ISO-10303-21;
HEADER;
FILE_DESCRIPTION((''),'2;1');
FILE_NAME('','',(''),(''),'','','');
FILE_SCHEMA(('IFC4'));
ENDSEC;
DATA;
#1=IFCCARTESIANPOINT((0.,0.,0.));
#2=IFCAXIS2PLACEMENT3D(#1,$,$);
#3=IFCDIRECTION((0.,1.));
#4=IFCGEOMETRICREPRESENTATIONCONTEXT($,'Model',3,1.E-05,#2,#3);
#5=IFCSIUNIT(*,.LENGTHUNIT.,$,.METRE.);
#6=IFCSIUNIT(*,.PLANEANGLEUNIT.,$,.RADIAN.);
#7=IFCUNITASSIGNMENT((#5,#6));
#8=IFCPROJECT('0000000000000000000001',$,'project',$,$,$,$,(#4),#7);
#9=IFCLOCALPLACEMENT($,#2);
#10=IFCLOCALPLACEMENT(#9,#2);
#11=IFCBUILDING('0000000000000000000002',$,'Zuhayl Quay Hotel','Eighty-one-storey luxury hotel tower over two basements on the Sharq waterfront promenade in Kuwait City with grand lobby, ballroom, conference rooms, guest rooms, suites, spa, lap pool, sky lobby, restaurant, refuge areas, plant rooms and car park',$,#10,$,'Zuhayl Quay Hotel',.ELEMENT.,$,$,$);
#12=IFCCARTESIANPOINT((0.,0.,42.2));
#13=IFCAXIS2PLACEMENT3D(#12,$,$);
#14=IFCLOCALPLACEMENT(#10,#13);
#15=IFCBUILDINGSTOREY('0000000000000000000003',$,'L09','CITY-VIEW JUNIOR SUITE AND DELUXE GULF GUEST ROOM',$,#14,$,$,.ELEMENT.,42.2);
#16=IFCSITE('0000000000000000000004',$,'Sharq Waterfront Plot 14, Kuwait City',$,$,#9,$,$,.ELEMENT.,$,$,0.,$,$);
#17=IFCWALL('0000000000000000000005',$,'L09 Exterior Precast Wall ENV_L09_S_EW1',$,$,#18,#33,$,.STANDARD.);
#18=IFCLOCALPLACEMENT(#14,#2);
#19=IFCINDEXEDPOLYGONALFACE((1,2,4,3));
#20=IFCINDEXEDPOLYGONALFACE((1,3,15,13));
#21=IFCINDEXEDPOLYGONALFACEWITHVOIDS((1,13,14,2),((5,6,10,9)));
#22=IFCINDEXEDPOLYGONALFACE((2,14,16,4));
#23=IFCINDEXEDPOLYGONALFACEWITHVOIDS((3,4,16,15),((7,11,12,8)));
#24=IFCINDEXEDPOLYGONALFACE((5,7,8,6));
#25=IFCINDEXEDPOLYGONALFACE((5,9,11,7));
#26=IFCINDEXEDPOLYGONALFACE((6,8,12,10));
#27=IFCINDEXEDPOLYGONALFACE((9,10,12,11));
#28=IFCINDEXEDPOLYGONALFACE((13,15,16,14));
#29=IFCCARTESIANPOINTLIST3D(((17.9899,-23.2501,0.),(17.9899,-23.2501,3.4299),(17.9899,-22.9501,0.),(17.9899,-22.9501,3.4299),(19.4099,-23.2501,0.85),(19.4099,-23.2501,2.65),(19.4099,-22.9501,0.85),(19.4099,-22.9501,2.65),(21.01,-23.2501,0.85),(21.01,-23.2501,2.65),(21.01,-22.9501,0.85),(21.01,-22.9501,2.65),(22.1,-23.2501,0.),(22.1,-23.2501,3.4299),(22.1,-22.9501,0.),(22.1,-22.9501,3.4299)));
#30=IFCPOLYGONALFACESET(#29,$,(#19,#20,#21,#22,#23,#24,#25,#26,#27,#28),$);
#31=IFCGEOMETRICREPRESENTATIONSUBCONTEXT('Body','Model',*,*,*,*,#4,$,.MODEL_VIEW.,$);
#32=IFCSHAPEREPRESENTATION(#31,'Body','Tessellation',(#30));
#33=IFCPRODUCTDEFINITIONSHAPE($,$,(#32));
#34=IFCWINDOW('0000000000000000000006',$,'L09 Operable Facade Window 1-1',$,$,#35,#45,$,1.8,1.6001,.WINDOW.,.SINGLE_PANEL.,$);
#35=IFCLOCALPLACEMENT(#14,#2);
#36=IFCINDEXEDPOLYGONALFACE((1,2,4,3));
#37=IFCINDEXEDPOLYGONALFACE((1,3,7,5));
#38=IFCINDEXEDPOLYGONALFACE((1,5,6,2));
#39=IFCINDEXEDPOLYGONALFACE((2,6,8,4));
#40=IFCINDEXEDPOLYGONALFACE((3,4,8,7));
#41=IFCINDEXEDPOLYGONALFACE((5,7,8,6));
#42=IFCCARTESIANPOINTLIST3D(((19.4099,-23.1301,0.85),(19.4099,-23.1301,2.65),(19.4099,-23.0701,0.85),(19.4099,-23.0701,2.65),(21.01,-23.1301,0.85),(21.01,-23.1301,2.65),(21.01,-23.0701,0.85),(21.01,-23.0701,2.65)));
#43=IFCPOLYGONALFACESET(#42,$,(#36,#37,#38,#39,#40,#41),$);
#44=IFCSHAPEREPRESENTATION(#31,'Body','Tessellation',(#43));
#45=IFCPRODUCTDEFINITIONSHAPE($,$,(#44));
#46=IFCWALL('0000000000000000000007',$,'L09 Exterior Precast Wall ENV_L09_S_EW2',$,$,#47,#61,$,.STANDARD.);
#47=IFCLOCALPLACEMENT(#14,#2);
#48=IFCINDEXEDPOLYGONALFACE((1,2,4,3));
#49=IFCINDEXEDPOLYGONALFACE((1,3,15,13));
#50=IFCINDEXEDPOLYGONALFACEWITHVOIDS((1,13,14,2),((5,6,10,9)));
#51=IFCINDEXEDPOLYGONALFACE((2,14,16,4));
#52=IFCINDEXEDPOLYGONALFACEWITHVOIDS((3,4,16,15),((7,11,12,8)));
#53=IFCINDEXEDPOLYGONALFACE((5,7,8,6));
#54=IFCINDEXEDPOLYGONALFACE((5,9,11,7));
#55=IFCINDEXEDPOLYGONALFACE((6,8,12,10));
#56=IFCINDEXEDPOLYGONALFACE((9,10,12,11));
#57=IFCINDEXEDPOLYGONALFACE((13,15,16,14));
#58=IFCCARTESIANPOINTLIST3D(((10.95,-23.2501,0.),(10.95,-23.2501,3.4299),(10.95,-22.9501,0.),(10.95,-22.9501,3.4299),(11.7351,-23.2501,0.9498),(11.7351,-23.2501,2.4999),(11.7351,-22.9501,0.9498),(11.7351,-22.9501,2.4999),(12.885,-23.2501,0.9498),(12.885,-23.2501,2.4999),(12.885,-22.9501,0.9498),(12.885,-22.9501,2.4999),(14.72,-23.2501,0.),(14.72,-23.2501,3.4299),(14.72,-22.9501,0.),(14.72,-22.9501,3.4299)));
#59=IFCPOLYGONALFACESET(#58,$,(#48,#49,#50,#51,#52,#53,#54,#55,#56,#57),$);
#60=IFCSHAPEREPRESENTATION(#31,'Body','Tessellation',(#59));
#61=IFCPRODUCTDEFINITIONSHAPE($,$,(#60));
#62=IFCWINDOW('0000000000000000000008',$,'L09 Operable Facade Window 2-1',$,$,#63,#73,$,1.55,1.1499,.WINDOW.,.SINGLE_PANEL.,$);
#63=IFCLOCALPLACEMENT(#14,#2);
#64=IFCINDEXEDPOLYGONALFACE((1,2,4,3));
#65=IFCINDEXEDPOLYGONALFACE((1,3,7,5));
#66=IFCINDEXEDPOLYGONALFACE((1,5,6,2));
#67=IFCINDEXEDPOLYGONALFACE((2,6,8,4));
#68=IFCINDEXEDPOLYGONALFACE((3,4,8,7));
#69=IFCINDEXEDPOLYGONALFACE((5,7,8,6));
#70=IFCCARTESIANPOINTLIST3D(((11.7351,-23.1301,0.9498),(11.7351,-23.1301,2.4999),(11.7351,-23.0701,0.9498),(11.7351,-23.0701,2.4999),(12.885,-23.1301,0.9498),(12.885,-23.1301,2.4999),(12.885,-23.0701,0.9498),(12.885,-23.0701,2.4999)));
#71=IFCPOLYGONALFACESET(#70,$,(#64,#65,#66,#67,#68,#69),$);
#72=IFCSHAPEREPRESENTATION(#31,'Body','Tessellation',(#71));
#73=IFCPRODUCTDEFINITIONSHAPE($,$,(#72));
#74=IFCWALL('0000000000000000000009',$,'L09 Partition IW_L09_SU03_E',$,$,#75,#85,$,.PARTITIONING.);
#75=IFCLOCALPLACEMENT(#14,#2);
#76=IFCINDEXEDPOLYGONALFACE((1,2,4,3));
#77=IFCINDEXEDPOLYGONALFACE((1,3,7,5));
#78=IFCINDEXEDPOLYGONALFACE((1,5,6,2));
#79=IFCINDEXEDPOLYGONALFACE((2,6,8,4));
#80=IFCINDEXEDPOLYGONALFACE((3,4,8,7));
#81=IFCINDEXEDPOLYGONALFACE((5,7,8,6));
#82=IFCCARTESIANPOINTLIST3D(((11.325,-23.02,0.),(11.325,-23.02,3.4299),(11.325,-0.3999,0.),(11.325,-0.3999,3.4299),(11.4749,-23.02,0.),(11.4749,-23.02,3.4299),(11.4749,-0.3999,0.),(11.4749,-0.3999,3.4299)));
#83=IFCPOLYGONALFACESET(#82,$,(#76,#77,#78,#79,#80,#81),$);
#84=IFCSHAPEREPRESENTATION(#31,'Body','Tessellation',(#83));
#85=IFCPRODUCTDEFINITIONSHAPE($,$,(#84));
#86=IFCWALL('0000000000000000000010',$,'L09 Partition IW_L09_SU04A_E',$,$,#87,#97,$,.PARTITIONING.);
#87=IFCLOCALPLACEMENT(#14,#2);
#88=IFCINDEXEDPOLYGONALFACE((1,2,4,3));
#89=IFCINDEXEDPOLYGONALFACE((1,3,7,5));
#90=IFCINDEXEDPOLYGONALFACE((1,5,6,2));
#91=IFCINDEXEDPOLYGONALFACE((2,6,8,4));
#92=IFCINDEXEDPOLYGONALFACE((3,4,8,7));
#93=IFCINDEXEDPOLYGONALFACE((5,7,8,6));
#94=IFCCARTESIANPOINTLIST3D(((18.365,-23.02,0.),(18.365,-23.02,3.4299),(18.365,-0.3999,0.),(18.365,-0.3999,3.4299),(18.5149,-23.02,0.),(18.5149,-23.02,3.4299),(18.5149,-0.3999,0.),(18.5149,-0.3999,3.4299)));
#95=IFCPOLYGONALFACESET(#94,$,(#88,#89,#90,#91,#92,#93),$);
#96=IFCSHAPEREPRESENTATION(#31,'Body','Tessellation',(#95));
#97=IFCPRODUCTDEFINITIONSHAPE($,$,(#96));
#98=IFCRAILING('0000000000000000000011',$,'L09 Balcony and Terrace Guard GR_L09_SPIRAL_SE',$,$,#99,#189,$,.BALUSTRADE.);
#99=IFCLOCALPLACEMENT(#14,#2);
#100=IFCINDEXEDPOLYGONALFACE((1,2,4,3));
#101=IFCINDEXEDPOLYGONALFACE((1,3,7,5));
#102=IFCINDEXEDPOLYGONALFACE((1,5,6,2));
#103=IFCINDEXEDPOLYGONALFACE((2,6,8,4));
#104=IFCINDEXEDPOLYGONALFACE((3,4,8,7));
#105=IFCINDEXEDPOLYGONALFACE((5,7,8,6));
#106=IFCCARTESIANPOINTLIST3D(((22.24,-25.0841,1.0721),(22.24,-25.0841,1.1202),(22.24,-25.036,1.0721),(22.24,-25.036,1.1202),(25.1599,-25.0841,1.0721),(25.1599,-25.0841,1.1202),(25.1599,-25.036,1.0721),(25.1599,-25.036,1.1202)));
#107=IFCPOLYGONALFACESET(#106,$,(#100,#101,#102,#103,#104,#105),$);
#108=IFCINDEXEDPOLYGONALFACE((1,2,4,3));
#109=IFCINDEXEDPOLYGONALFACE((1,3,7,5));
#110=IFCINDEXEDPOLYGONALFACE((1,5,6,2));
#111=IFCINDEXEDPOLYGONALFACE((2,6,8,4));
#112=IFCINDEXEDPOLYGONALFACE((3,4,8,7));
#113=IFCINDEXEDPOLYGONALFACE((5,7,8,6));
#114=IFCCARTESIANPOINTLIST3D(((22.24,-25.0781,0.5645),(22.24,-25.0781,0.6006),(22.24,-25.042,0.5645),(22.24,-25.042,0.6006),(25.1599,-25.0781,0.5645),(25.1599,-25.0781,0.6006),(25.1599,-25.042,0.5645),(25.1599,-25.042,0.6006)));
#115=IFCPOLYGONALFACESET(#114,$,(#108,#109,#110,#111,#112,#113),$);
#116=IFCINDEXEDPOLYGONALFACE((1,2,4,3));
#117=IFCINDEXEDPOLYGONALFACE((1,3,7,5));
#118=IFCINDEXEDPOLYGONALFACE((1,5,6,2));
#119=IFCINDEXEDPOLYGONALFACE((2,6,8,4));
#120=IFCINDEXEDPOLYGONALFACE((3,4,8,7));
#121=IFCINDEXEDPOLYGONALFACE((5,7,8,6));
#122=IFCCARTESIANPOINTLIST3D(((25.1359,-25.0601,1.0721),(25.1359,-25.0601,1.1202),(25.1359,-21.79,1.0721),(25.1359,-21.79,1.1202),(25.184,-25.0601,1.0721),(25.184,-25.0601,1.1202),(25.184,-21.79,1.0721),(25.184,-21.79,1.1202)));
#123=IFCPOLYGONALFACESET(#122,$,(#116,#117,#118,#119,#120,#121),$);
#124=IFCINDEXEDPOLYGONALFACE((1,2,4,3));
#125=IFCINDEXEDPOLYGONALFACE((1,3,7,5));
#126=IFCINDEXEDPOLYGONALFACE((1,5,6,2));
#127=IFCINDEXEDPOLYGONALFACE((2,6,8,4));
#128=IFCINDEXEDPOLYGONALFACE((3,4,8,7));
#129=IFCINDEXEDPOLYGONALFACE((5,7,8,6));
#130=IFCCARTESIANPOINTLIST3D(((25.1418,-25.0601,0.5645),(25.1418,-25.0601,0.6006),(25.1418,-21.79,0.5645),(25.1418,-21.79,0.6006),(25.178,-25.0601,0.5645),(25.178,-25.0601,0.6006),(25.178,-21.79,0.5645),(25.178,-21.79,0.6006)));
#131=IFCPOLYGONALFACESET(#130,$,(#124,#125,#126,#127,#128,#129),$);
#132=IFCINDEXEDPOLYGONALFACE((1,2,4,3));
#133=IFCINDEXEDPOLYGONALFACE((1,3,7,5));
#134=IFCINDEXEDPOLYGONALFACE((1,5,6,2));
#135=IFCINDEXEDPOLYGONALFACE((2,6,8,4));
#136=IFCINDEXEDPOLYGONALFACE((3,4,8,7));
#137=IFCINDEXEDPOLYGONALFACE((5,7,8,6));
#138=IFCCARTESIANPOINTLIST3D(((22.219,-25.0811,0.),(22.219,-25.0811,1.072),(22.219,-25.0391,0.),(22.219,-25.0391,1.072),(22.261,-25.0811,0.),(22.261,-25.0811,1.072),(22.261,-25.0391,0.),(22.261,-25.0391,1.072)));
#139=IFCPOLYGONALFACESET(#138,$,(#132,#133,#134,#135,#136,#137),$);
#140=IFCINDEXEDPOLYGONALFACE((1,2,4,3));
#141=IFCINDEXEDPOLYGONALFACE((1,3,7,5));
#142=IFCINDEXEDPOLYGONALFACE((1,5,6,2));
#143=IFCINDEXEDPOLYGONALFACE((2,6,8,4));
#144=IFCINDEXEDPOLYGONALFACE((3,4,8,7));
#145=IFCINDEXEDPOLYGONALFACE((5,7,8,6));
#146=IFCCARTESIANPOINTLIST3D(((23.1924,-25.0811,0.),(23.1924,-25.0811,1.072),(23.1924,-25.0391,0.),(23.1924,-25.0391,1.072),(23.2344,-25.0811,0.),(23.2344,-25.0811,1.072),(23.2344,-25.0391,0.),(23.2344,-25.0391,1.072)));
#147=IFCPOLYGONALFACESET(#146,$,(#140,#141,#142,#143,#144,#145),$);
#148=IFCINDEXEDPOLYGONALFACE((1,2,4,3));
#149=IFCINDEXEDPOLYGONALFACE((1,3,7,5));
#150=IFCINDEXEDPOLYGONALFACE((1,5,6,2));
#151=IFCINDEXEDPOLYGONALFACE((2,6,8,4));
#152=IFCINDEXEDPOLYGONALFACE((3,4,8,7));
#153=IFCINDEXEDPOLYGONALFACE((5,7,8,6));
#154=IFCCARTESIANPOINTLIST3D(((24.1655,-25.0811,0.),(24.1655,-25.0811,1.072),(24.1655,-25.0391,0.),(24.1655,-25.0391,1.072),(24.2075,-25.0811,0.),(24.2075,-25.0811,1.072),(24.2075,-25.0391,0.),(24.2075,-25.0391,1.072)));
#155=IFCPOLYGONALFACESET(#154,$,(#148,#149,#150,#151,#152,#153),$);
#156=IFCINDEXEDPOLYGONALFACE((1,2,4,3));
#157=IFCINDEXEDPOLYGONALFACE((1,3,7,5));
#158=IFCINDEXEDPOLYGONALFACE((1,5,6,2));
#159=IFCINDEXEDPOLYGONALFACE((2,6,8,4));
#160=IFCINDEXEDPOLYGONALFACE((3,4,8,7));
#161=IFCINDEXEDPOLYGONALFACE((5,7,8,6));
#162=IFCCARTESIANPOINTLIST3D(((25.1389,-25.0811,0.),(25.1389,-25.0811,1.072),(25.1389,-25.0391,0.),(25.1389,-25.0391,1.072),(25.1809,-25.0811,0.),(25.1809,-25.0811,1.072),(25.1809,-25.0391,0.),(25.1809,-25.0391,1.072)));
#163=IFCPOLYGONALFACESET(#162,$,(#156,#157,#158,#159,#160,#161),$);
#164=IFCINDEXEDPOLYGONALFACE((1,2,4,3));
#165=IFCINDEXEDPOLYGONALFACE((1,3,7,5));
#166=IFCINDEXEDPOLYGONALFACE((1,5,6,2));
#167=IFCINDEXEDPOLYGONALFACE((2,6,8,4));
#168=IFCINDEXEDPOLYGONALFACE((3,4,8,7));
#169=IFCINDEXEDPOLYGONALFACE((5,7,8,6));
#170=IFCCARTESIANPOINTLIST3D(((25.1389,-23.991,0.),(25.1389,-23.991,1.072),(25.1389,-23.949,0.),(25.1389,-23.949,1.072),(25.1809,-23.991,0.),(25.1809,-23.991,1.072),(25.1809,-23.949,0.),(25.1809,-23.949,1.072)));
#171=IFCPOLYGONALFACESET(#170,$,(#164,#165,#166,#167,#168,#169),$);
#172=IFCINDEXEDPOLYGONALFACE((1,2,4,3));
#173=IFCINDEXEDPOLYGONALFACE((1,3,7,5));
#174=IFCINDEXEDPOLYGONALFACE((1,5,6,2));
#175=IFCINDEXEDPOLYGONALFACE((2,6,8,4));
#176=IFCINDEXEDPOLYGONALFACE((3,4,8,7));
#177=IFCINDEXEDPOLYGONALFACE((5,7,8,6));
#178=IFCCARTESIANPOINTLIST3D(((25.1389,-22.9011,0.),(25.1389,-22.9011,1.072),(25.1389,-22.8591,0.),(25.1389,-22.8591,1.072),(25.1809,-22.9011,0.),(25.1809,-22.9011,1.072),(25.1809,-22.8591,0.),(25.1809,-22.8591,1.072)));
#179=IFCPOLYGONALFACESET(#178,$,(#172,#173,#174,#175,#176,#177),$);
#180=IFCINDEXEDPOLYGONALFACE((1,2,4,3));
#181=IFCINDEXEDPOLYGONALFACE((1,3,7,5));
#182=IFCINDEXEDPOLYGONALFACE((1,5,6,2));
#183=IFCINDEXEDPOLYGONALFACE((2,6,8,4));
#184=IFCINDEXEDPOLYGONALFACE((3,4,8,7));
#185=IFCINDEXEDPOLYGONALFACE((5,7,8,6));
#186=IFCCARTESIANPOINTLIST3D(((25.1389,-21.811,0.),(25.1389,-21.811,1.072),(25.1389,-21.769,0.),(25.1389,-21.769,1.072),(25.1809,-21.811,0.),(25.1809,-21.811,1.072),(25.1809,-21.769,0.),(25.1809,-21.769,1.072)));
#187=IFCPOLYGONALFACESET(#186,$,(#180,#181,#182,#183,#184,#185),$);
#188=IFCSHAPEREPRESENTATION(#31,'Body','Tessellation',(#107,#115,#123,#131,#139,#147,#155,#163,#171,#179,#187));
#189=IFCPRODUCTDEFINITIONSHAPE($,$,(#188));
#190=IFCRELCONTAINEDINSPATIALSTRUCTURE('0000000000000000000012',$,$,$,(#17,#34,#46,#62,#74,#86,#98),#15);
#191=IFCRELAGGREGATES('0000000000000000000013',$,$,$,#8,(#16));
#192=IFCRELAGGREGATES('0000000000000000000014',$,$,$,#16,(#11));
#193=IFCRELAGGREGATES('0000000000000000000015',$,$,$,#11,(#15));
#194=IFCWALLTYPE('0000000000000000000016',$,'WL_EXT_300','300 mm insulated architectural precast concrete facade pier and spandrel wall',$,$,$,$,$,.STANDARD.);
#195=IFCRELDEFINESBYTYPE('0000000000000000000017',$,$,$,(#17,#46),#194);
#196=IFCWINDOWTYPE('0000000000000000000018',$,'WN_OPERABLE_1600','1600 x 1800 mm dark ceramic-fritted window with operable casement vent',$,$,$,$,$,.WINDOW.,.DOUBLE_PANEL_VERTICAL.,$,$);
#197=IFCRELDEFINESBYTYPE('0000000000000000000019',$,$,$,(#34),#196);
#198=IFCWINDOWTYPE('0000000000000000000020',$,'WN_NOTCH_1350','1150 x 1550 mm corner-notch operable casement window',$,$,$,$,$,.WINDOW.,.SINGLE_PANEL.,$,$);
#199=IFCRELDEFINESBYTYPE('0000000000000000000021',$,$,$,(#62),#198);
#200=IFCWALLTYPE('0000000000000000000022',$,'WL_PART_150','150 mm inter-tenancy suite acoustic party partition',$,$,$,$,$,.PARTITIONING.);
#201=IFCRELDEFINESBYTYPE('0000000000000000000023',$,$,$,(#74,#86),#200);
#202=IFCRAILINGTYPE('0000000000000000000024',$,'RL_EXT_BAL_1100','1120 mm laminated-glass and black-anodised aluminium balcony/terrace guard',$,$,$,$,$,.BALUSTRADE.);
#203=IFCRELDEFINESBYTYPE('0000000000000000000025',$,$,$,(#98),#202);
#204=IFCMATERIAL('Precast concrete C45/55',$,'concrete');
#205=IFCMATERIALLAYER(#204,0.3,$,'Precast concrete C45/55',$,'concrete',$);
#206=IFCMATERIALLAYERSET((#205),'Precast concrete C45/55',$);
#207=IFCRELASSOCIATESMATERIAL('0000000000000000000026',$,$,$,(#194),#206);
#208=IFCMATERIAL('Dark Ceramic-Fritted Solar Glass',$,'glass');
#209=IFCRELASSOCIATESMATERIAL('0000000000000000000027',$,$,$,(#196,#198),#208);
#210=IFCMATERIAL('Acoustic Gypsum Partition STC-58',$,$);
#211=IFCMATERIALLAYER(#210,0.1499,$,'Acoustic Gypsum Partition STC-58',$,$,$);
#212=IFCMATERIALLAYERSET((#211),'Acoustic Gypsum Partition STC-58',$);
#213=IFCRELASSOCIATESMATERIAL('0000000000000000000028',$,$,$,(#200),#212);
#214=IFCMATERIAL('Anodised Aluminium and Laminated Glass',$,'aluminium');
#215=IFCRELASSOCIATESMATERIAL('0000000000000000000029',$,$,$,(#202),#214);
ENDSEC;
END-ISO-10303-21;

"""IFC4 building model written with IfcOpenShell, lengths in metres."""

from ifc_helpers import new_model, si_unit, direction, frame, frame_2d, origin, origin_2d, place, context, subcontext, project, spatial, rectangle, extrude, material, layer, layer_set, type_object, element, fill, save


model = new_model("IFC4")

# Units and contexts
model_context = context("Model", 3, precision=1e-05, world=origin(), true_north=direction((0.0, 1.0)))
body_context = subcontext(model_context, "Body", "Model", "MODEL_VIEW")
ifc_project = project(units=[si_unit("LENGTHUNIT", "METRE"), si_unit("PLANEANGLEUNIT", "RADIAN")], contexts=[model_context])

# Site, building, storey
site_placement = place(None, origin())
site = spatial("IfcSite", under=ifc_project, at=site_placement, Name="Sharq Waterfront Plot 14, Kuwait City", CompositionType="ELEMENT", RefElevation=0.0)
building_placement = place(site_placement, origin())
building = spatial("IfcBuilding", under=site, at=building_placement, Name="Zuhayl Quay Hotel", Description="Eighty-one-storey luxury hotel tower over two basements on the Sharq waterfront promenade in Kuwait City with grand lobby, ballroom, conference rooms, guest rooms, suites, spa, lap pool, sky lobby, restaurant, refuge areas, plant rooms and car park", LongName="Zuhayl Quay Hotel", CompositionType="ELEMENT")
storey_placement = place(building_placement, frame((0.0, 0.0, 42.2)))
storey = spatial("IfcBuildingStorey", under=building, at=storey_placement, Name="L09", Description="CITY-VIEW JUNIOR SUITE AND DELUXE GULF GUEST ROOM", CompositionType="ELEMENT", Elevation=42.2)

# Shared definitions
ifc_material_1 = material(Name="Dark Ceramic-Fritted Solar Glass", Category="glass")

# Shared definitions
ifc_material_2 = material(Name="Precast concrete C45/55", Category="concrete")
ifc_layer_1 = layer(ifc_material_2, 0.3, Name="Precast concrete C45/55", Category="concrete")
ifc_layer_set_1 = layer_set([ifc_layer_1], Name="Precast concrete C45/55")
wall_type_1 = type_object("IfcWallType", Name="WL_EXT_300", Description="300 mm insulated architectural precast concrete facade pier and spandrel wall", PredefinedType="STANDARD", material=ifc_layer_set_1)

# Walls, openings, windows
wall_1_placement = place(storey_placement, frame((22.1001, -23.1001, 0.0), z_axis=(0.0, 0.0, 1.0), x_axis=(-1.0, 0.0, 0.0)))
wall_1 = element("IfcWall", 1, at=wall_1_placement, inside=storey, type_object=wall_type_1, Name="L09 Exterior Precast Wall ENV_L09_S_EW1", PredefinedType="STANDARD", context=body_context, shape_type="SweptSolid", body=[
    extrude(rectangle(XDim=4.1101, YDim=0.3, at=frame_2d((2.0552, 0.0))), origin(), (0.0, 0.0, 1.0), 3.4299),
])
opening_1_placement = place(wall_1_placement, frame((1.0901, 0.0, 0.8501)))
opening_1 = element("IfcOpeningElement", 2, at=opening_1_placement, cuts=wall_1, PredefinedType="OPENING", context=body_context, shape_type="SweptSolid", body=[
    extrude(rectangle(XDim=1.6001, YDim=1.8, at=frame_2d((0.8, 0.8999))), frame((0.0, 0.1599, 0.0), z_axis=(0.0, -1.0, 0.0), x_axis=(1.0, 0.0, 0.0)), (0.0, 0.0, 1.0), 0.3201),
])
window_type_1 = type_object("IfcWindowType", Name="WN_OPERABLE_1600", Description="1600 x 1800 mm dark ceramic-fritted window with operable casement vent", PartitioningType="DOUBLE_PANEL_VERTICAL", PredefinedType="WINDOW", material=ifc_material_1)
window_1_placement = place(opening_1_placement, origin())
window_1 = element("IfcWindow", 3, at=window_1_placement, inside=storey, type_object=window_type_1, Name="L09 Operable Facade Window 1-1", OverallHeight=1.8, OverallWidth=1.6001, PartitioningType="SINGLE_PANEL", PredefinedType="WINDOW", context=body_context, shape_type="SweptSolid", body=[
    extrude(rectangle(XDim=1.6001, YDim=1.8, at=frame_2d((0.8, 0.8999))), frame((0.0, 0.03, 0.0), z_axis=(0.0, -1.0, 0.0), x_axis=(1.0, 0.0, 0.0)), (0.0, 0.0, 1.0), 0.0601),
])
fill(opening_1, window_1)
wall_2_placement = place(storey_placement, frame((14.72, -23.1001, 0.0), z_axis=(0.0, 0.0, 1.0), x_axis=(-1.0, 0.0, 0.0)))
wall_2 = element("IfcWall", 4, at=wall_2_placement, inside=storey, type_object=wall_type_1, Name="L09 Exterior Precast Wall ENV_L09_S_EW2", PredefinedType="STANDARD", context=body_context, shape_type="SweptSolid", body=[
    extrude(rectangle(XDim=3.77, YDim=0.3, at=frame_2d((1.885, 0.0))), origin(), (0.0, 0.0, 1.0), 3.4299),
])
opening_2_placement = place(wall_2_placement, frame((1.835, 0.0, 0.95)))
opening_2 = element("IfcOpeningElement", 5, at=opening_2_placement, cuts=wall_2, PredefinedType="OPENING", context=body_context, shape_type="SweptSolid", body=[
    extrude(rectangle(XDim=1.1499, YDim=1.55, at=frame_2d((0.575, 0.7749))), frame((0.0, 0.1599, 0.0), z_axis=(0.0, -1.0, 0.0), x_axis=(1.0, 0.0, 0.0)), (0.0, 0.0, 1.0), 0.3201),
])
window_type_2 = type_object("IfcWindowType", Name="WN_NOTCH_1350", Description="1150 x 1550 mm corner-notch operable casement window", PartitioningType="SINGLE_PANEL", PredefinedType="WINDOW", material=ifc_material_1)
window_2_placement = place(opening_2_placement, origin())
window_2 = element("IfcWindow", 6, at=window_2_placement, inside=storey, type_object=window_type_2, Name="L09 Operable Facade Window 2-1", OverallHeight=1.55, OverallWidth=1.1499, PartitioningType="SINGLE_PANEL", PredefinedType="WINDOW", context=body_context, shape_type="SweptSolid", body=[
    extrude(rectangle(XDim=1.1499, YDim=1.55, at=frame_2d((0.575, 0.7749))), frame((0.0, 0.03, 0.0), z_axis=(0.0, -1.0, 0.0), x_axis=(1.0, 0.0, 0.0)), (0.0, 0.0, 1.0), 0.0601),
])
fill(opening_2, window_2)

# Walls
ifc_material_3 = material(Name="Acoustic Gypsum Partition STC-58")
ifc_layer_2 = layer(ifc_material_3, 0.1499, Name="Acoustic Gypsum Partition STC-58")
ifc_layer_set_2 = layer_set([ifc_layer_2], Name="Acoustic Gypsum Partition STC-58")
wall_type_2 = type_object("IfcWallType", Name="WL_PART_150", Description="150 mm inter-tenancy suite acoustic party partition", PredefinedType="PARTITIONING", material=ifc_layer_set_2)
for number, where, z_axis, x_axis, name in (
    (7, (11.3999, -23.02, 0.0), (0.0, 0.0, 1.0), (0.0, 1.0, 0.0), "L09 Partition IW_L09_SU03_E"),
    (8, (18.4399, -23.02, 0.0), (0.0, 0.0, 1.0), (0.0, 1.0, 0.0), "L09 Partition IW_L09_SU04A_E"),
):
    element("IfcWall", number, at=place(storey_placement, frame(where, z_axis=z_axis, x_axis=x_axis)), inside=storey, type_object=wall_type_2, Name=name, PredefinedType="PARTITIONING", context=body_context, shape_type="SweptSolid", body=[
        extrude(rectangle(XDim=22.6201, YDim=0.1499, at=frame_2d((11.3101, 0.0))), origin(), (0.0, 0.0, 1.0), 3.4299),
    ])

# Railing
ifc_material_4 = material(Name="Anodised Aluminium and Laminated Glass", Category="aluminium")
railing_type = type_object("IfcRailingType", Name="RL_EXT_BAL_1100", Description="1120 mm laminated-glass and black-anodised aluminium balcony/terrace guard", PredefinedType="BALUSTRADE", material=ifc_material_4)
railing_placement = place(storey_placement, frame((22.24, -25.0601, 0.0)))
element("IfcRailing", 9, at=railing_placement, inside=storey, type_object=railing_type, Name="L09 Balcony and Terrace Guard GR_L09_SPIRAL_SE", PredefinedType="BALUSTRADE", context=body_context, shape_type="SweptSolid", body=[
    extrude(rectangle(XDim=0.0481, YDim=0.0481, at=origin_2d()), frame((0.0, 0.0, 1.0962), z_axis=(1.0, 0.0, 0.0), x_axis=(0.0, 1.0, 0.0)), (0.0, 0.0, 1.0), 2.9199),
    extrude(rectangle(XDim=0.0361, YDim=0.0361, at=origin_2d()), frame((0.0, 0.0, 0.5825), z_axis=(1.0, 0.0, 0.0), x_axis=(0.0, 1.0, 0.0)), (0.0, 0.0, 1.0), 2.9199),
    extrude(rectangle(XDim=0.0481, YDim=0.0481, at=origin_2d()), frame((2.9199, 0.0, 1.0962), z_axis=(0.0, 1.0, 0.0), x_axis=(-1.0, 0.0, 0.0)), (0.0, 0.0, 1.0), 3.27),
    extrude(rectangle(XDim=0.0361, YDim=0.0361, at=origin_2d()), frame((2.9199, 0.0, 0.5825), z_axis=(0.0, 1.0, 0.0), x_axis=(-1.0, 0.0, 0.0)), (0.0, 0.0, 1.0), 3.27),
    extrude(rectangle(XDim=0.042, YDim=0.042, at=origin_2d()), origin(), (0.0, 0.0, 1.0), 1.072),
    extrude(rectangle(XDim=0.042, YDim=0.042, at=origin_2d()), frame((0.9734, 0.0, 0.0)), (0.0, 0.0, 1.0), 1.072),
    extrude(rectangle(XDim=0.042, YDim=0.042, at=origin_2d()), frame((1.9465, 0.0, 0.0)), (0.0, 0.0, 1.0), 1.072),
    extrude(rectangle(XDim=0.042, YDim=0.042, at=origin_2d()), frame((2.9199, 0.0, 0.0)), (0.0, 0.0, 1.0), 1.072),
    extrude(rectangle(XDim=0.042, YDim=0.042, at=origin_2d()), frame((2.9199, 1.0901, 0.0)), (0.0, 0.0, 1.0), 1.072),
    extrude(rectangle(XDim=0.042, YDim=0.042, at=origin_2d()), frame((2.9199, 2.1799, 0.0)), (0.0, 0.0, 1.0), 1.072),
    extrude(rectangle(XDim=0.042, YDim=0.042, at=origin_2d()), frame((2.9199, 3.27, 0.0)), (0.0, 0.0, 1.0), 1.072),
])

save(model, "model.ifc")
